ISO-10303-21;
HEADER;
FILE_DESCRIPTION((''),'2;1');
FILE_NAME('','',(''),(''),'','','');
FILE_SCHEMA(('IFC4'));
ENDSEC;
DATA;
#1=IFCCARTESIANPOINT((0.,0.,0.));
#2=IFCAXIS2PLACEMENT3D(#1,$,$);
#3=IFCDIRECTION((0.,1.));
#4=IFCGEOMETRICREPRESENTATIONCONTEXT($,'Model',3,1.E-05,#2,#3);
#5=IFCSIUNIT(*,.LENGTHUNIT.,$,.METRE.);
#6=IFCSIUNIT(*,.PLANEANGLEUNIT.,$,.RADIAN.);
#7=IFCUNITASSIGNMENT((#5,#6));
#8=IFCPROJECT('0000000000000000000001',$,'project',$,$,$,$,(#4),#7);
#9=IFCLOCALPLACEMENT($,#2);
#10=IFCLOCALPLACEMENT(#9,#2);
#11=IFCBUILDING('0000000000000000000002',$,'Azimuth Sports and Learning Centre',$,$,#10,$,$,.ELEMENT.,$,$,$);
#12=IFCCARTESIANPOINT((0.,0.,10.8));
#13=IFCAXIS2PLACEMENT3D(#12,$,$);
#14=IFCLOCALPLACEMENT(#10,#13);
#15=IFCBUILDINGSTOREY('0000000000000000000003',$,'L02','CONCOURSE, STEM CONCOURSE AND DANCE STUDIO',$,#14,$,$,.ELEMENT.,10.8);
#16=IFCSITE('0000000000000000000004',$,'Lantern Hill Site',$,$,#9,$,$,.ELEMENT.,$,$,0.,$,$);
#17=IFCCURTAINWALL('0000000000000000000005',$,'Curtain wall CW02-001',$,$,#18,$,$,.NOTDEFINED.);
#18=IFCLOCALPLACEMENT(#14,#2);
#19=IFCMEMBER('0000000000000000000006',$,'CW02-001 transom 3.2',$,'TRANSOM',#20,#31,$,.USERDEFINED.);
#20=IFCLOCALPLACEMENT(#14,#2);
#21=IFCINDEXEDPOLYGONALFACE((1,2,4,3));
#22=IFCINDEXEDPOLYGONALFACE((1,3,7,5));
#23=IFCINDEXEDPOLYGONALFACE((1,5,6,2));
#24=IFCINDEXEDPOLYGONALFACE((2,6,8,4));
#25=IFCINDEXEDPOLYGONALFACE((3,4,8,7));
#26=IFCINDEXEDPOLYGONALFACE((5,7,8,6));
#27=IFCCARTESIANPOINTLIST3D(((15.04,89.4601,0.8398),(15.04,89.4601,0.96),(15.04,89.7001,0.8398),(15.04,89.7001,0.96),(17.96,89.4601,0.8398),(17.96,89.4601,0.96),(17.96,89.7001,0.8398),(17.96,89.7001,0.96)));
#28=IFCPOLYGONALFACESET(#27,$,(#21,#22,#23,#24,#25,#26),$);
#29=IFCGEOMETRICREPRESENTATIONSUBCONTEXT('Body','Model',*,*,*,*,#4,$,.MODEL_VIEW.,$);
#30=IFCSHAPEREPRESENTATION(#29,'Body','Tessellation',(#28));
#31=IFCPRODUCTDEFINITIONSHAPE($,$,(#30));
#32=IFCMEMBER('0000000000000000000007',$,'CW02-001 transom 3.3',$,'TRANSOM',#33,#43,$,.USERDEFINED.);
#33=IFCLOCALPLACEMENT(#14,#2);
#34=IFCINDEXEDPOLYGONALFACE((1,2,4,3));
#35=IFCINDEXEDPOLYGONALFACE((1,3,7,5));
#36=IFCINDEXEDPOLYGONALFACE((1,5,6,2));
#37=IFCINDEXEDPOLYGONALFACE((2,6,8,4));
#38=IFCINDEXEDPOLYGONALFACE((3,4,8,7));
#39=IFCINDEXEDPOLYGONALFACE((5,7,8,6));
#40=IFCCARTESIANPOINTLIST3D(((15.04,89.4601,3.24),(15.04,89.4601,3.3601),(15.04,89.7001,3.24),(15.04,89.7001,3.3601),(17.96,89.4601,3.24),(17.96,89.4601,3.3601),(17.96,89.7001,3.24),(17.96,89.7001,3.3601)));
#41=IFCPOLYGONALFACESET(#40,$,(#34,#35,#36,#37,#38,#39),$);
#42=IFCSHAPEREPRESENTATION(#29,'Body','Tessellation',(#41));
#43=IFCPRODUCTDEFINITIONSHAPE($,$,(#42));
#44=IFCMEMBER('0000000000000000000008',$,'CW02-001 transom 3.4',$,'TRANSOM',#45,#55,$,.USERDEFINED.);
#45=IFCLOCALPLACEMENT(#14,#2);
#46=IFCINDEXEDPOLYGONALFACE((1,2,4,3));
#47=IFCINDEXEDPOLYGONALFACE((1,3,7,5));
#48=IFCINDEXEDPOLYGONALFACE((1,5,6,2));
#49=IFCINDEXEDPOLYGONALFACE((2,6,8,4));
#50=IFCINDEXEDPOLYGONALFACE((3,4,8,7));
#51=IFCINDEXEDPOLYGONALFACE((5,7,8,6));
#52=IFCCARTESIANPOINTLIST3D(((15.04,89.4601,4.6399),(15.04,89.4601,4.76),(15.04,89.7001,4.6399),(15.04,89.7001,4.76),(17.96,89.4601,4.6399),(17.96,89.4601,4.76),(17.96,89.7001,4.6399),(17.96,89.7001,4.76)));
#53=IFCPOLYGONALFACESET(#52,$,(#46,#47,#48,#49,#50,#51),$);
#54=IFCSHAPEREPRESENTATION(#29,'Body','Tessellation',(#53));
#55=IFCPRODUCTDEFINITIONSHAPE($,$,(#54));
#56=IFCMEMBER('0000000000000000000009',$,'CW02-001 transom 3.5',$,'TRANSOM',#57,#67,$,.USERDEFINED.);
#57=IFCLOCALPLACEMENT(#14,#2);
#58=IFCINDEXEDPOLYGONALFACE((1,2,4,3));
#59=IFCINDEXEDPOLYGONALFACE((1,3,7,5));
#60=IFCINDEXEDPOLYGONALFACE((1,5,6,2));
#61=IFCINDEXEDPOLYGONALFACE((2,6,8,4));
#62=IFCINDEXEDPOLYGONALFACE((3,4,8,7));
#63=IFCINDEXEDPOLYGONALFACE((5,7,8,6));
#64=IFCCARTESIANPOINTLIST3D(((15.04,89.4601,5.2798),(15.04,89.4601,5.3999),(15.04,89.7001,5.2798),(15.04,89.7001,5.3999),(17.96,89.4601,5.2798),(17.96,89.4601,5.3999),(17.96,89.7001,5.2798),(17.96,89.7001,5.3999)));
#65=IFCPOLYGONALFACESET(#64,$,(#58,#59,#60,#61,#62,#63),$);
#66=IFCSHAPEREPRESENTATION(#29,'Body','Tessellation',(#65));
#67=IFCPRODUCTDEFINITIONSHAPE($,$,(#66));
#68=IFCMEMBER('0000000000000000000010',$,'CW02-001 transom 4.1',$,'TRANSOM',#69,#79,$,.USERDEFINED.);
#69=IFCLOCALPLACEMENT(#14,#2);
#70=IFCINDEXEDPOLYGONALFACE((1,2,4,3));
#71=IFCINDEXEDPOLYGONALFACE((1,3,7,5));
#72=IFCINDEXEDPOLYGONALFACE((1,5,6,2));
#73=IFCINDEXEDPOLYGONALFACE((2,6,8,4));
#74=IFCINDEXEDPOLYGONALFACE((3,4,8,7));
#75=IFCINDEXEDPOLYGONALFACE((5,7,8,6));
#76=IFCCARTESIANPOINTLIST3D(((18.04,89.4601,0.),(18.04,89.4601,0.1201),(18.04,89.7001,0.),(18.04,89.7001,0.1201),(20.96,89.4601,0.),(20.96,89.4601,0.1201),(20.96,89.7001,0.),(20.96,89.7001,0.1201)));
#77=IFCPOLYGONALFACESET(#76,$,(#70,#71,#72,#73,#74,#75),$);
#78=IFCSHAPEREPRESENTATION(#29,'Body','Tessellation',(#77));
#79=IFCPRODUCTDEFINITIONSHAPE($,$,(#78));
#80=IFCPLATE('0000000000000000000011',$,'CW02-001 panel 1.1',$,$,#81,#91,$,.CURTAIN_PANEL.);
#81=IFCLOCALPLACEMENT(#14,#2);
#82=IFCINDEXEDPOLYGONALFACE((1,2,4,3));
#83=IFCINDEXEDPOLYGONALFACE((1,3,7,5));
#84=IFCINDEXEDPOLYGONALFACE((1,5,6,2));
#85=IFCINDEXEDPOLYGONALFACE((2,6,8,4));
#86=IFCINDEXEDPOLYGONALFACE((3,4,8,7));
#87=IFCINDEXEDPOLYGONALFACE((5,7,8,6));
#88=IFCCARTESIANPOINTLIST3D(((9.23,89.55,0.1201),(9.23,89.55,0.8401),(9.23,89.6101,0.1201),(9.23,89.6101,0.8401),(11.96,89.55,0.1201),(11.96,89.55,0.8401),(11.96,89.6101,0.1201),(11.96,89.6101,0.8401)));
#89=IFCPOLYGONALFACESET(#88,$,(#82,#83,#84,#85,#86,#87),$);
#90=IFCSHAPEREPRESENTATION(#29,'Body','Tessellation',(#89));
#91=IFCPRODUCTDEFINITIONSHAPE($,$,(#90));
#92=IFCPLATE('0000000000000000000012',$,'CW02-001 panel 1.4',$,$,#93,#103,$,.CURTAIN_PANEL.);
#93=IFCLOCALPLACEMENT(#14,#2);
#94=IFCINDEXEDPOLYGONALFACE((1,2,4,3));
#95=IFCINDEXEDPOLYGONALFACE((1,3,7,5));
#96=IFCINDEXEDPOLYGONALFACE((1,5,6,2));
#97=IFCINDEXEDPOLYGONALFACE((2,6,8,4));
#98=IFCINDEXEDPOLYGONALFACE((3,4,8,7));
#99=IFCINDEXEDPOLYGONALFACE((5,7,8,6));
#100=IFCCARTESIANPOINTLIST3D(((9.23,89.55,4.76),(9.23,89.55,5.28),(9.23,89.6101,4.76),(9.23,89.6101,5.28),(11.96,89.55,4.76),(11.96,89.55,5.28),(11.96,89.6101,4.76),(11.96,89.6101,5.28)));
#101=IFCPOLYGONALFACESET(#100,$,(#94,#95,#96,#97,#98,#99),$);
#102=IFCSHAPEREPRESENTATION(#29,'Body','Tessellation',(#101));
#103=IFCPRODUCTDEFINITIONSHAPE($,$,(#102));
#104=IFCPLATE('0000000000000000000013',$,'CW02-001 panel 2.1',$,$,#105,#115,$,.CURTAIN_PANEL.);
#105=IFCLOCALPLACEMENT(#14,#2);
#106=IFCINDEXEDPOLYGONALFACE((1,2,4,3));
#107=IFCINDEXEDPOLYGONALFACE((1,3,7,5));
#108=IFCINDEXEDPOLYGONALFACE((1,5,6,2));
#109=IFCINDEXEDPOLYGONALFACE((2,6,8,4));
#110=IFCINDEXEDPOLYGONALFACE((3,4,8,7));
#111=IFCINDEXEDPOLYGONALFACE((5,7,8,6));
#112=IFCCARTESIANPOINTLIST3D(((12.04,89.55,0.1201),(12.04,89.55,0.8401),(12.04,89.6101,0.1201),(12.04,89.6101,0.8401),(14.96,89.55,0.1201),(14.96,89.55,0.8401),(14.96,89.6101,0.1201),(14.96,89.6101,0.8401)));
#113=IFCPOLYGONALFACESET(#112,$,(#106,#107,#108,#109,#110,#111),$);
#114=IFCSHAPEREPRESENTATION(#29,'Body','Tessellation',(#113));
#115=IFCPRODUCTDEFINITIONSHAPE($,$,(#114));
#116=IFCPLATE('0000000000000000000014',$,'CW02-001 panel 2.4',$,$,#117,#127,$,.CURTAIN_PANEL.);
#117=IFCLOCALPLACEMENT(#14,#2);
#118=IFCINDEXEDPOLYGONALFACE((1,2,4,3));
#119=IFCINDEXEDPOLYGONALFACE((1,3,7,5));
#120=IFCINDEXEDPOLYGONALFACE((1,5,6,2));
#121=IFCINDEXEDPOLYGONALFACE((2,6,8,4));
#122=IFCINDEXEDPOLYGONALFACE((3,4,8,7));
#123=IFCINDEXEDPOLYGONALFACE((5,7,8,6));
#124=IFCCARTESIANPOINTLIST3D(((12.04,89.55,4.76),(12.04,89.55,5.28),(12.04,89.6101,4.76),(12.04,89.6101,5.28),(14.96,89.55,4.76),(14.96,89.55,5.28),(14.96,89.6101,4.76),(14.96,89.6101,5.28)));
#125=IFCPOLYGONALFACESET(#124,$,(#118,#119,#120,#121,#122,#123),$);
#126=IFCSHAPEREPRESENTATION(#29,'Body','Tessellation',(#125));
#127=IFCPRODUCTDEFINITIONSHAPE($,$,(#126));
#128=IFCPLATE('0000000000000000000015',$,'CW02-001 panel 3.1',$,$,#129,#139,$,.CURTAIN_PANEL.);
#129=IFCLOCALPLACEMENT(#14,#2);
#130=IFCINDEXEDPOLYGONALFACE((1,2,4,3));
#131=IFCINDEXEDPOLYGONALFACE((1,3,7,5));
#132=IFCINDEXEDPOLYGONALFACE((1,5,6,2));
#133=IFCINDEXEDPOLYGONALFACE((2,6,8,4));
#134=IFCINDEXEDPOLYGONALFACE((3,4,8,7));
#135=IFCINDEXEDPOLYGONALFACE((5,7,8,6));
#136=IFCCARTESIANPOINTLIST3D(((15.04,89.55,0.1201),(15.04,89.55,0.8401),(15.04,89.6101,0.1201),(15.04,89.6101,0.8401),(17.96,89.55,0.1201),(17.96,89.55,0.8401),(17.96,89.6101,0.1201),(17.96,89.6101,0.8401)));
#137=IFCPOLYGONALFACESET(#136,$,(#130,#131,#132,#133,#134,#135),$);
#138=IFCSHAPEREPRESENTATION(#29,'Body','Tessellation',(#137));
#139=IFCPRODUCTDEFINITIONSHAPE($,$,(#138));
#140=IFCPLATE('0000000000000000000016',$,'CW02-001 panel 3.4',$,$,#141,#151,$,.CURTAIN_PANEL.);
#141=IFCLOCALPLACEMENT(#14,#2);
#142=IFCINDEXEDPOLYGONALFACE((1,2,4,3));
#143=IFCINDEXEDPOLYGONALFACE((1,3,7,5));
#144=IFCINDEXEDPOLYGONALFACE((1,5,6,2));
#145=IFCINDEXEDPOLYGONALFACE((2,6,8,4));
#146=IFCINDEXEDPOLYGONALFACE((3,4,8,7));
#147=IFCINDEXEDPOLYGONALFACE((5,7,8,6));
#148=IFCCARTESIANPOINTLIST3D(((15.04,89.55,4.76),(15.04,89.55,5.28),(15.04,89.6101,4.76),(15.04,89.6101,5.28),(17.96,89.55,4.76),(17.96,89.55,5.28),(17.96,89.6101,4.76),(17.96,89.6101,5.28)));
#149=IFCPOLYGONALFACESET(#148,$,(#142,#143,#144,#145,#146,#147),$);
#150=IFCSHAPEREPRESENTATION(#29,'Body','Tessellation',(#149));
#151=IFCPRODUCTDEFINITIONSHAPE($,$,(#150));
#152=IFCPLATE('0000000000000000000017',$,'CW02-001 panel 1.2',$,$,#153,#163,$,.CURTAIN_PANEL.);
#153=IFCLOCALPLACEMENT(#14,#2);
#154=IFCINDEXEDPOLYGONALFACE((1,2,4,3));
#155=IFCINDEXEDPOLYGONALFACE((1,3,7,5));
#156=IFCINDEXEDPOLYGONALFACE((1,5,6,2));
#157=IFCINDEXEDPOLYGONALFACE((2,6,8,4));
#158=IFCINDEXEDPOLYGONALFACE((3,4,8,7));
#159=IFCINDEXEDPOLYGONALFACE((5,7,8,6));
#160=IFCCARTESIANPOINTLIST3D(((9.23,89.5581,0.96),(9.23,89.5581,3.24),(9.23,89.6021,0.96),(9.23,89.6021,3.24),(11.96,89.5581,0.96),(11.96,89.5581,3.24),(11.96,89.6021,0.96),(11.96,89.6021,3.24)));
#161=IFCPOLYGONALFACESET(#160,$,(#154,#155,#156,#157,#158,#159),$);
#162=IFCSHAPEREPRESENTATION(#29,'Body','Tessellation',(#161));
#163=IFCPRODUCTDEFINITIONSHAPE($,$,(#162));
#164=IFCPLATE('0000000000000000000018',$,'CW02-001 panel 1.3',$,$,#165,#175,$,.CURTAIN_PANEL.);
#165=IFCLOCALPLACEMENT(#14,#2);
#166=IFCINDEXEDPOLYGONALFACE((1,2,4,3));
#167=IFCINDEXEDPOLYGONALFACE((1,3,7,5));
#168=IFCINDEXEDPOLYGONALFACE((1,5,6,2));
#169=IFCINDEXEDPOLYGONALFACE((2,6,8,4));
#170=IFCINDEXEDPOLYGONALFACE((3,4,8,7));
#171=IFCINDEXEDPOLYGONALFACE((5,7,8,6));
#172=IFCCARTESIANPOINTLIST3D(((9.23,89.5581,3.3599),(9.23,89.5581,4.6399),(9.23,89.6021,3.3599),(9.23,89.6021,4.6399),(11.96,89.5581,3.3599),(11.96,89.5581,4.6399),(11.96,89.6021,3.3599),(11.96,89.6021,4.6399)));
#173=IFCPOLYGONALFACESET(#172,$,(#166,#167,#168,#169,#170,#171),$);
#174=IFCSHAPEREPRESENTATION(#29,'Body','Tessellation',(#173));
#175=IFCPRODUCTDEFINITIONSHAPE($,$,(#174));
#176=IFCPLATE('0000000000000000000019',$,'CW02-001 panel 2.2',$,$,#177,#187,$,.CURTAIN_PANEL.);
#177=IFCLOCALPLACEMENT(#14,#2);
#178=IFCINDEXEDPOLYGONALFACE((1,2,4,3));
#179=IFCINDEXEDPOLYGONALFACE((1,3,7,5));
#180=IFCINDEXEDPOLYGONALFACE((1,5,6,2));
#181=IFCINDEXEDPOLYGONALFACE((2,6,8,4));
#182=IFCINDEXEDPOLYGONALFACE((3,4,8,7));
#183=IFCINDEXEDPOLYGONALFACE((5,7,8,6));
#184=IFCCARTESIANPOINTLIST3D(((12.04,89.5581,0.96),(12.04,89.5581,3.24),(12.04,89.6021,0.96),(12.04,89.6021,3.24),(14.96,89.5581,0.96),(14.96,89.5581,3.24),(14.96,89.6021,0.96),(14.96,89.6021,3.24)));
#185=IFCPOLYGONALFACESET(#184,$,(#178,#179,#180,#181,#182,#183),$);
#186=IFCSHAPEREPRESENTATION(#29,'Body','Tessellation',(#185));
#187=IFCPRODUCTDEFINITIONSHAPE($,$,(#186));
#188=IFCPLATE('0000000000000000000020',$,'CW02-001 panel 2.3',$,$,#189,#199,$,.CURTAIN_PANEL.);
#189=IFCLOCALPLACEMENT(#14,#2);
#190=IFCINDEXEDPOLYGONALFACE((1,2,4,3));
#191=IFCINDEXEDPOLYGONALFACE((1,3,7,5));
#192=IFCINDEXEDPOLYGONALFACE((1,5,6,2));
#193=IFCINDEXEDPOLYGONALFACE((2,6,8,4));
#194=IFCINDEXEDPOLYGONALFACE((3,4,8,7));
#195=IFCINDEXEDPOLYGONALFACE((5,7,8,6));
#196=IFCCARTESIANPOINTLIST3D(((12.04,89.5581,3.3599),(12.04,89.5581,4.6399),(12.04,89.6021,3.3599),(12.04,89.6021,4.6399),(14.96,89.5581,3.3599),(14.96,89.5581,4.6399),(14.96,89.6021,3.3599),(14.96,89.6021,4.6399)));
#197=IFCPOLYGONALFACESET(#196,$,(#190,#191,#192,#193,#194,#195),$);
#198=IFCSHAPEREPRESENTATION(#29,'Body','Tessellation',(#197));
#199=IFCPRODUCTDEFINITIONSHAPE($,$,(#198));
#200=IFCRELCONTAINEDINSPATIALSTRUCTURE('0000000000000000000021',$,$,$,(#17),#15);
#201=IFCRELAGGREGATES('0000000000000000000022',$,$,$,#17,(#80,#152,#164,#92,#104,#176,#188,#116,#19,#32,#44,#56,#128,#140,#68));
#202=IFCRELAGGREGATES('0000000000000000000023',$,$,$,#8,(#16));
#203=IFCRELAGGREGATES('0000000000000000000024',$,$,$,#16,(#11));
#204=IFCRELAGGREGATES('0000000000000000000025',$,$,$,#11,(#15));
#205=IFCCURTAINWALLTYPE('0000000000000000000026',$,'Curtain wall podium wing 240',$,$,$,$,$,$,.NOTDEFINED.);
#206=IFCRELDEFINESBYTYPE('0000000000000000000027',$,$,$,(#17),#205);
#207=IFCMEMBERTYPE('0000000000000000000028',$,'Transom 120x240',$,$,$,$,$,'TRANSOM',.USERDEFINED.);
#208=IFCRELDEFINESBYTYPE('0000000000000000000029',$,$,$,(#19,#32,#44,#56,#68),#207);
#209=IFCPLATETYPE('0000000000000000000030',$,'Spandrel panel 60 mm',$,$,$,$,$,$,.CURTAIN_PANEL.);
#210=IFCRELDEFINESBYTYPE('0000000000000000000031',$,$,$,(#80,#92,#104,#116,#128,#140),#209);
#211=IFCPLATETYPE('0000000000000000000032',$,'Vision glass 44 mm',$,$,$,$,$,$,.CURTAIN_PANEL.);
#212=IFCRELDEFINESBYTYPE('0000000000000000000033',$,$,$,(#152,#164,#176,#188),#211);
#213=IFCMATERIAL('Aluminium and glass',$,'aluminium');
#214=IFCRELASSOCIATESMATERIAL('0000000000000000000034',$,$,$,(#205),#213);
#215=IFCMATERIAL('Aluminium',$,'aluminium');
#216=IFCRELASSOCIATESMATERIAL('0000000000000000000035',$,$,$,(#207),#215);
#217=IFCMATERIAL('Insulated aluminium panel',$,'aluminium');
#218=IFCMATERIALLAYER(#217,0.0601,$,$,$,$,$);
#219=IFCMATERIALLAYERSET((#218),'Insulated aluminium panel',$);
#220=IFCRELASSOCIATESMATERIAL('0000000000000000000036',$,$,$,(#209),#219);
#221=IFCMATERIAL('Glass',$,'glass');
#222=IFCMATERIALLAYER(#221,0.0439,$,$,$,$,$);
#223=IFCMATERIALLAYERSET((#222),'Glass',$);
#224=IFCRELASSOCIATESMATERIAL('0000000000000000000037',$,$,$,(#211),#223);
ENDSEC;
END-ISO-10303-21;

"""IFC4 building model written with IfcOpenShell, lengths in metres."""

from ifc_helpers import new_model, si_unit, direction, frame, origin, origin_2d, place, context, subcontext, project, spatial, rectangle, extrude, material, layer, layer_set, material_profile, profile_set, type_object, element, aggregate, save


model = new_model("IFC4")

# Units and contexts
model_context = context("Model", 3, precision=1e-05, world=origin(), true_north=direction((0.0, 1.0)))
body_context = subcontext(model_context, "Body", "Model", "MODEL_VIEW")
ifc_project = project(units=[si_unit("LENGTHUNIT", "METRE"), si_unit("PLANEANGLEUNIT", "RADIAN")], contexts=[model_context])

# Site, building, storey
site_placement = place(None, origin())
site = spatial("IfcSite", under=ifc_project, at=site_placement, Name="Lantern Hill Site", CompositionType="ELEMENT", RefElevation=0.0)
building_placement = place(site_placement, origin())
building = spatial("IfcBuilding", under=site, at=building_placement, Name="Azimuth Sports and Learning Centre", CompositionType="ELEMENT")
storey_placement = place(building_placement, frame((0.0, 0.0, 10.8)))
storey = spatial("IfcBuildingStorey", under=building, at=storey_placement, Name="L02", Description="CONCOURSE, STEM CONCOURSE AND DANCE STUDIO", CompositionType="ELEMENT", Elevation=10.8)

# Curtain wall, members, plates
ifc_material_1 = material(Name="Aluminium and glass", Category="aluminium")
curtain_wall_type = type_object("IfcCurtainWallType", Name="Curtain wall podium wing 240", PredefinedType="NOTDEFINED", material=ifc_material_1)
curtain_wall_placement = place(storey_placement, origin())
curtain_wall = element("IfcCurtainWall", 1, at=curtain_wall_placement, inside=storey, type_object=curtain_wall_type, Name="Curtain wall CW02-001", PredefinedType="NOTDEFINED")
ifc_material_2 = material(Name="Aluminium", Category="aluminium")
ifc_material_profile_1 = material_profile(ifc_material_2, rectangle(XDim=0.24, YDim=0.1201, at=origin_2d()), Name="Transom 120x240")
ifc_profile_set_1 = profile_set([ifc_material_profile_1], Name="Aluminium")
member_type_1 = type_object("IfcMemberType", Name="Transom 120x240", ElementType="TRANSOM", PredefinedType="USERDEFINED", material=ifc_profile_set_1)
member_1_placement = place(storey_placement, frame((15.04, 89.5801, 0.8999), z_axis=(1.0, 0.0, 0.0), x_axis=(0.0, 1.0, 0.0)))
member_1 = element("IfcMember", 2, at=member_1_placement, type_object=member_type_1, Name="CW02-001 transom 3.2", ObjectType="TRANSOM", PredefinedType="USERDEFINED", context=body_context, shape_type="SweptSolid", body=[
    extrude(rectangle(XDim=0.24, YDim=0.1201, at=origin_2d()), origin(), (0.0, 0.0, 1.0), 2.9199),
])
member_2_placement = place(storey_placement, frame((15.04, 89.5801, 3.3), z_axis=(1.0, 0.0, 0.0), x_axis=(0.0, 1.0, 0.0)))
member_2 = element("IfcMember", 3, at=member_2_placement, type_object=member_type_1, Name="CW02-001 transom 3.3", ObjectType="TRANSOM", PredefinedType="USERDEFINED", context=body_context, shape_type="SweptSolid", body=[
    extrude(rectangle(XDim=0.24, YDim=0.1201, at=origin_2d()), origin(), (0.0, 0.0, 1.0), 2.9199),
])
member_3_placement = place(storey_placement, frame((15.04, 89.5801, 4.7), z_axis=(1.0, 0.0, 0.0), x_axis=(0.0, 1.0, 0.0)))
member_3 = element("IfcMember", 4, at=member_3_placement, type_object=member_type_1, Name="CW02-001 transom 3.4", ObjectType="TRANSOM", PredefinedType="USERDEFINED", context=body_context, shape_type="SweptSolid", body=[
    extrude(rectangle(XDim=0.24, YDim=0.1201, at=origin_2d()), origin(), (0.0, 0.0, 1.0), 2.9199),
])
member_4_placement = place(storey_placement, frame((15.04, 89.5801, 5.3398), z_axis=(1.0, 0.0, 0.0), x_axis=(0.0, 1.0, 0.0)))
member_4 = element("IfcMember", 5, at=member_4_placement, type_object=member_type_1, Name="CW02-001 transom 3.5", ObjectType="TRANSOM", PredefinedType="USERDEFINED", context=body_context, shape_type="SweptSolid", body=[
    extrude(rectangle(XDim=0.24, YDim=0.1201, at=origin_2d()), origin(), (0.0, 0.0, 1.0), 2.9199),
])
member_5_placement = place(storey_placement, frame((18.04, 89.5801, 0.0601), z_axis=(1.0, 0.0, 0.0), x_axis=(0.0, 1.0, 0.0)))
member_5 = element("IfcMember", 6, at=member_5_placement, type_object=member_type_1, Name="CW02-001 transom 4.1", ObjectType="TRANSOM", PredefinedType="USERDEFINED", context=body_context, shape_type="SweptSolid", body=[
    extrude(rectangle(XDim=0.24, YDim=0.1201, at=origin_2d()), origin(), (0.0, 0.0, 1.0), 2.9199),
])
ifc_material_3 = material(Name="Insulated aluminium panel", Category="aluminium")
ifc_layer_1 = layer(ifc_material_3, 0.0601)
ifc_layer_set_1 = layer_set([ifc_layer_1], Name="Insulated aluminium panel")
plate_type_1 = type_object("IfcPlateType", Name="Spandrel panel 60 mm", PredefinedType="CURTAIN_PANEL", material=ifc_layer_set_1)
plate_1_placement = place(storey_placement, frame((10.595, 89.5801, 0.1201), z_axis=(0.0, 0.0, 1.0), x_axis=(1.0, 0.0, 0.0)))
plate_1 = element("IfcPlate", 7, at=plate_1_placement, type_object=plate_type_1, Name="CW02-001 panel 1.1", PredefinedType="CURTAIN_PANEL", context=body_context, shape_type="SweptSolid", body=[
    extrude(rectangle(XDim=2.73, YDim=0.0601, at=origin_2d()), origin(), (0.0, 0.0, 1.0), 0.72),
])
plate_2_placement = place(storey_placement, frame((10.595, 89.5801, 4.76), z_axis=(0.0, 0.0, 1.0), x_axis=(1.0, 0.0, 0.0)))
plate_2 = element("IfcPlate", 8, at=plate_2_placement, type_object=plate_type_1, Name="CW02-001 panel 1.4", PredefinedType="CURTAIN_PANEL", context=body_context, shape_type="SweptSolid", body=[
    extrude(rectangle(XDim=2.73, YDim=0.0601, at=origin_2d()), origin(), (0.0, 0.0, 1.0), 0.52),
])
plate_3_placement = place(storey_placement, frame((13.5, 89.5801, 0.1201), z_axis=(0.0, 0.0, 1.0), x_axis=(1.0, 0.0, 0.0)))
plate_3 = element("IfcPlate", 9, at=plate_3_placement, type_object=plate_type_1, Name="CW02-001 panel 2.1", PredefinedType="CURTAIN_PANEL", context=body_context, shape_type="SweptSolid", body=[
    extrude(rectangle(XDim=2.9199, YDim=0.0601, at=origin_2d()), origin(), (0.0, 0.0, 1.0), 0.72),
])
plate_4_placement = place(storey_placement, frame((13.5, 89.5801, 4.76), z_axis=(0.0, 0.0, 1.0), x_axis=(1.0, 0.0, 0.0)))
plate_4 = element("IfcPlate", 10, at=plate_4_placement, type_object=plate_type_1, Name="CW02-001 panel 2.4", PredefinedType="CURTAIN_PANEL", context=body_context, shape_type="SweptSolid", body=[
    extrude(rectangle(XDim=2.9199, YDim=0.0601, at=origin_2d()), origin(), (0.0, 0.0, 1.0), 0.52),
])
plate_5_placement = place(storey_placement, frame((16.5, 89.5801, 0.1201), z_axis=(0.0, 0.0, 1.0), x_axis=(1.0, 0.0, 0.0)))
plate_5 = element("IfcPlate", 11, at=plate_5_placement, type_object=plate_type_1, Name="CW02-001 panel 3.1", PredefinedType="CURTAIN_PANEL", context=body_context, shape_type="SweptSolid", body=[
    extrude(rectangle(XDim=2.9199, YDim=0.0601, at=origin_2d()), origin(), (0.0, 0.0, 1.0), 0.72),
])
plate_6_placement = place(storey_placement, frame((16.5, 89.5801, 4.76), z_axis=(0.0, 0.0, 1.0), x_axis=(1.0, 0.0, 0.0)))
plate_6 = element("IfcPlate", 12, at=plate_6_placement, type_object=plate_type_1, Name="CW02-001 panel 3.4", PredefinedType="CURTAIN_PANEL", context=body_context, shape_type="SweptSolid", body=[
    extrude(rectangle(XDim=2.9199, YDim=0.0601, at=origin_2d()), origin(), (0.0, 0.0, 1.0), 0.52),
])
ifc_material_4 = material(Name="Glass", Category="glass")
ifc_layer_2 = layer(ifc_material_4, 0.0439)
ifc_layer_set_2 = layer_set([ifc_layer_2], Name="Glass")
plate_type_2 = type_object("IfcPlateType", Name="Vision glass 44 mm", PredefinedType="CURTAIN_PANEL", material=ifc_layer_set_2)
plate_7_placement = place(storey_placement, frame((10.595, 89.5801, 0.96), z_axis=(0.0, 0.0, 1.0), x_axis=(1.0, 0.0, 0.0)))
plate_7 = element("IfcPlate", 13, at=plate_7_placement, type_object=plate_type_2, Name="CW02-001 panel 1.2", PredefinedType="CURTAIN_PANEL", context=body_context, shape_type="SweptSolid", body=[
    extrude(rectangle(XDim=2.73, YDim=0.0439, at=origin_2d()), origin(), (0.0, 0.0, 1.0), 2.28),
])
plate_8_placement = place(storey_placement, frame((10.595, 89.5801, 3.3599), z_axis=(0.0, 0.0, 1.0), x_axis=(1.0, 0.0, 0.0)))
plate_8 = element("IfcPlate", 14, at=plate_8_placement, type_object=plate_type_2, Name="CW02-001 panel 1.3", PredefinedType="CURTAIN_PANEL", context=body_context, shape_type="SweptSolid", body=[
    extrude(rectangle(XDim=2.73, YDim=0.0439, at=origin_2d()), origin(), (0.0, 0.0, 1.0), 1.28),
])
plate_9_placement = place(storey_placement, frame((13.5, 89.5801, 0.96), z_axis=(0.0, 0.0, 1.0), x_axis=(1.0, 0.0, 0.0)))
plate_9 = element("IfcPlate", 15, at=plate_9_placement, type_object=plate_type_2, Name="CW02-001 panel 2.2", PredefinedType="CURTAIN_PANEL", context=body_context, shape_type="SweptSolid", body=[
    extrude(rectangle(XDim=2.9199, YDim=0.0439, at=origin_2d()), origin(), (0.0, 0.0, 1.0), 2.28),
])
plate_10_placement = place(storey_placement, frame((13.5, 89.5801, 3.3599), z_axis=(0.0, 0.0, 1.0), x_axis=(1.0, 0.0, 0.0)))
plate_10 = element("IfcPlate", 16, at=plate_10_placement, type_object=plate_type_2, Name="CW02-001 panel 2.3", PredefinedType="CURTAIN_PANEL", context=body_context, shape_type="SweptSolid", body=[
    extrude(rectangle(XDim=2.9199, YDim=0.0439, at=origin_2d()), origin(), (0.0, 0.0, 1.0), 1.28),
])
aggregate(curtain_wall, [plate_1, plate_7, plate_8, plate_2, plate_3, plate_9, plate_10, plate_4, member_1, member_2, member_3, member_4, plate_5, plate_6, member_5])

save(model, "model.ifc")
